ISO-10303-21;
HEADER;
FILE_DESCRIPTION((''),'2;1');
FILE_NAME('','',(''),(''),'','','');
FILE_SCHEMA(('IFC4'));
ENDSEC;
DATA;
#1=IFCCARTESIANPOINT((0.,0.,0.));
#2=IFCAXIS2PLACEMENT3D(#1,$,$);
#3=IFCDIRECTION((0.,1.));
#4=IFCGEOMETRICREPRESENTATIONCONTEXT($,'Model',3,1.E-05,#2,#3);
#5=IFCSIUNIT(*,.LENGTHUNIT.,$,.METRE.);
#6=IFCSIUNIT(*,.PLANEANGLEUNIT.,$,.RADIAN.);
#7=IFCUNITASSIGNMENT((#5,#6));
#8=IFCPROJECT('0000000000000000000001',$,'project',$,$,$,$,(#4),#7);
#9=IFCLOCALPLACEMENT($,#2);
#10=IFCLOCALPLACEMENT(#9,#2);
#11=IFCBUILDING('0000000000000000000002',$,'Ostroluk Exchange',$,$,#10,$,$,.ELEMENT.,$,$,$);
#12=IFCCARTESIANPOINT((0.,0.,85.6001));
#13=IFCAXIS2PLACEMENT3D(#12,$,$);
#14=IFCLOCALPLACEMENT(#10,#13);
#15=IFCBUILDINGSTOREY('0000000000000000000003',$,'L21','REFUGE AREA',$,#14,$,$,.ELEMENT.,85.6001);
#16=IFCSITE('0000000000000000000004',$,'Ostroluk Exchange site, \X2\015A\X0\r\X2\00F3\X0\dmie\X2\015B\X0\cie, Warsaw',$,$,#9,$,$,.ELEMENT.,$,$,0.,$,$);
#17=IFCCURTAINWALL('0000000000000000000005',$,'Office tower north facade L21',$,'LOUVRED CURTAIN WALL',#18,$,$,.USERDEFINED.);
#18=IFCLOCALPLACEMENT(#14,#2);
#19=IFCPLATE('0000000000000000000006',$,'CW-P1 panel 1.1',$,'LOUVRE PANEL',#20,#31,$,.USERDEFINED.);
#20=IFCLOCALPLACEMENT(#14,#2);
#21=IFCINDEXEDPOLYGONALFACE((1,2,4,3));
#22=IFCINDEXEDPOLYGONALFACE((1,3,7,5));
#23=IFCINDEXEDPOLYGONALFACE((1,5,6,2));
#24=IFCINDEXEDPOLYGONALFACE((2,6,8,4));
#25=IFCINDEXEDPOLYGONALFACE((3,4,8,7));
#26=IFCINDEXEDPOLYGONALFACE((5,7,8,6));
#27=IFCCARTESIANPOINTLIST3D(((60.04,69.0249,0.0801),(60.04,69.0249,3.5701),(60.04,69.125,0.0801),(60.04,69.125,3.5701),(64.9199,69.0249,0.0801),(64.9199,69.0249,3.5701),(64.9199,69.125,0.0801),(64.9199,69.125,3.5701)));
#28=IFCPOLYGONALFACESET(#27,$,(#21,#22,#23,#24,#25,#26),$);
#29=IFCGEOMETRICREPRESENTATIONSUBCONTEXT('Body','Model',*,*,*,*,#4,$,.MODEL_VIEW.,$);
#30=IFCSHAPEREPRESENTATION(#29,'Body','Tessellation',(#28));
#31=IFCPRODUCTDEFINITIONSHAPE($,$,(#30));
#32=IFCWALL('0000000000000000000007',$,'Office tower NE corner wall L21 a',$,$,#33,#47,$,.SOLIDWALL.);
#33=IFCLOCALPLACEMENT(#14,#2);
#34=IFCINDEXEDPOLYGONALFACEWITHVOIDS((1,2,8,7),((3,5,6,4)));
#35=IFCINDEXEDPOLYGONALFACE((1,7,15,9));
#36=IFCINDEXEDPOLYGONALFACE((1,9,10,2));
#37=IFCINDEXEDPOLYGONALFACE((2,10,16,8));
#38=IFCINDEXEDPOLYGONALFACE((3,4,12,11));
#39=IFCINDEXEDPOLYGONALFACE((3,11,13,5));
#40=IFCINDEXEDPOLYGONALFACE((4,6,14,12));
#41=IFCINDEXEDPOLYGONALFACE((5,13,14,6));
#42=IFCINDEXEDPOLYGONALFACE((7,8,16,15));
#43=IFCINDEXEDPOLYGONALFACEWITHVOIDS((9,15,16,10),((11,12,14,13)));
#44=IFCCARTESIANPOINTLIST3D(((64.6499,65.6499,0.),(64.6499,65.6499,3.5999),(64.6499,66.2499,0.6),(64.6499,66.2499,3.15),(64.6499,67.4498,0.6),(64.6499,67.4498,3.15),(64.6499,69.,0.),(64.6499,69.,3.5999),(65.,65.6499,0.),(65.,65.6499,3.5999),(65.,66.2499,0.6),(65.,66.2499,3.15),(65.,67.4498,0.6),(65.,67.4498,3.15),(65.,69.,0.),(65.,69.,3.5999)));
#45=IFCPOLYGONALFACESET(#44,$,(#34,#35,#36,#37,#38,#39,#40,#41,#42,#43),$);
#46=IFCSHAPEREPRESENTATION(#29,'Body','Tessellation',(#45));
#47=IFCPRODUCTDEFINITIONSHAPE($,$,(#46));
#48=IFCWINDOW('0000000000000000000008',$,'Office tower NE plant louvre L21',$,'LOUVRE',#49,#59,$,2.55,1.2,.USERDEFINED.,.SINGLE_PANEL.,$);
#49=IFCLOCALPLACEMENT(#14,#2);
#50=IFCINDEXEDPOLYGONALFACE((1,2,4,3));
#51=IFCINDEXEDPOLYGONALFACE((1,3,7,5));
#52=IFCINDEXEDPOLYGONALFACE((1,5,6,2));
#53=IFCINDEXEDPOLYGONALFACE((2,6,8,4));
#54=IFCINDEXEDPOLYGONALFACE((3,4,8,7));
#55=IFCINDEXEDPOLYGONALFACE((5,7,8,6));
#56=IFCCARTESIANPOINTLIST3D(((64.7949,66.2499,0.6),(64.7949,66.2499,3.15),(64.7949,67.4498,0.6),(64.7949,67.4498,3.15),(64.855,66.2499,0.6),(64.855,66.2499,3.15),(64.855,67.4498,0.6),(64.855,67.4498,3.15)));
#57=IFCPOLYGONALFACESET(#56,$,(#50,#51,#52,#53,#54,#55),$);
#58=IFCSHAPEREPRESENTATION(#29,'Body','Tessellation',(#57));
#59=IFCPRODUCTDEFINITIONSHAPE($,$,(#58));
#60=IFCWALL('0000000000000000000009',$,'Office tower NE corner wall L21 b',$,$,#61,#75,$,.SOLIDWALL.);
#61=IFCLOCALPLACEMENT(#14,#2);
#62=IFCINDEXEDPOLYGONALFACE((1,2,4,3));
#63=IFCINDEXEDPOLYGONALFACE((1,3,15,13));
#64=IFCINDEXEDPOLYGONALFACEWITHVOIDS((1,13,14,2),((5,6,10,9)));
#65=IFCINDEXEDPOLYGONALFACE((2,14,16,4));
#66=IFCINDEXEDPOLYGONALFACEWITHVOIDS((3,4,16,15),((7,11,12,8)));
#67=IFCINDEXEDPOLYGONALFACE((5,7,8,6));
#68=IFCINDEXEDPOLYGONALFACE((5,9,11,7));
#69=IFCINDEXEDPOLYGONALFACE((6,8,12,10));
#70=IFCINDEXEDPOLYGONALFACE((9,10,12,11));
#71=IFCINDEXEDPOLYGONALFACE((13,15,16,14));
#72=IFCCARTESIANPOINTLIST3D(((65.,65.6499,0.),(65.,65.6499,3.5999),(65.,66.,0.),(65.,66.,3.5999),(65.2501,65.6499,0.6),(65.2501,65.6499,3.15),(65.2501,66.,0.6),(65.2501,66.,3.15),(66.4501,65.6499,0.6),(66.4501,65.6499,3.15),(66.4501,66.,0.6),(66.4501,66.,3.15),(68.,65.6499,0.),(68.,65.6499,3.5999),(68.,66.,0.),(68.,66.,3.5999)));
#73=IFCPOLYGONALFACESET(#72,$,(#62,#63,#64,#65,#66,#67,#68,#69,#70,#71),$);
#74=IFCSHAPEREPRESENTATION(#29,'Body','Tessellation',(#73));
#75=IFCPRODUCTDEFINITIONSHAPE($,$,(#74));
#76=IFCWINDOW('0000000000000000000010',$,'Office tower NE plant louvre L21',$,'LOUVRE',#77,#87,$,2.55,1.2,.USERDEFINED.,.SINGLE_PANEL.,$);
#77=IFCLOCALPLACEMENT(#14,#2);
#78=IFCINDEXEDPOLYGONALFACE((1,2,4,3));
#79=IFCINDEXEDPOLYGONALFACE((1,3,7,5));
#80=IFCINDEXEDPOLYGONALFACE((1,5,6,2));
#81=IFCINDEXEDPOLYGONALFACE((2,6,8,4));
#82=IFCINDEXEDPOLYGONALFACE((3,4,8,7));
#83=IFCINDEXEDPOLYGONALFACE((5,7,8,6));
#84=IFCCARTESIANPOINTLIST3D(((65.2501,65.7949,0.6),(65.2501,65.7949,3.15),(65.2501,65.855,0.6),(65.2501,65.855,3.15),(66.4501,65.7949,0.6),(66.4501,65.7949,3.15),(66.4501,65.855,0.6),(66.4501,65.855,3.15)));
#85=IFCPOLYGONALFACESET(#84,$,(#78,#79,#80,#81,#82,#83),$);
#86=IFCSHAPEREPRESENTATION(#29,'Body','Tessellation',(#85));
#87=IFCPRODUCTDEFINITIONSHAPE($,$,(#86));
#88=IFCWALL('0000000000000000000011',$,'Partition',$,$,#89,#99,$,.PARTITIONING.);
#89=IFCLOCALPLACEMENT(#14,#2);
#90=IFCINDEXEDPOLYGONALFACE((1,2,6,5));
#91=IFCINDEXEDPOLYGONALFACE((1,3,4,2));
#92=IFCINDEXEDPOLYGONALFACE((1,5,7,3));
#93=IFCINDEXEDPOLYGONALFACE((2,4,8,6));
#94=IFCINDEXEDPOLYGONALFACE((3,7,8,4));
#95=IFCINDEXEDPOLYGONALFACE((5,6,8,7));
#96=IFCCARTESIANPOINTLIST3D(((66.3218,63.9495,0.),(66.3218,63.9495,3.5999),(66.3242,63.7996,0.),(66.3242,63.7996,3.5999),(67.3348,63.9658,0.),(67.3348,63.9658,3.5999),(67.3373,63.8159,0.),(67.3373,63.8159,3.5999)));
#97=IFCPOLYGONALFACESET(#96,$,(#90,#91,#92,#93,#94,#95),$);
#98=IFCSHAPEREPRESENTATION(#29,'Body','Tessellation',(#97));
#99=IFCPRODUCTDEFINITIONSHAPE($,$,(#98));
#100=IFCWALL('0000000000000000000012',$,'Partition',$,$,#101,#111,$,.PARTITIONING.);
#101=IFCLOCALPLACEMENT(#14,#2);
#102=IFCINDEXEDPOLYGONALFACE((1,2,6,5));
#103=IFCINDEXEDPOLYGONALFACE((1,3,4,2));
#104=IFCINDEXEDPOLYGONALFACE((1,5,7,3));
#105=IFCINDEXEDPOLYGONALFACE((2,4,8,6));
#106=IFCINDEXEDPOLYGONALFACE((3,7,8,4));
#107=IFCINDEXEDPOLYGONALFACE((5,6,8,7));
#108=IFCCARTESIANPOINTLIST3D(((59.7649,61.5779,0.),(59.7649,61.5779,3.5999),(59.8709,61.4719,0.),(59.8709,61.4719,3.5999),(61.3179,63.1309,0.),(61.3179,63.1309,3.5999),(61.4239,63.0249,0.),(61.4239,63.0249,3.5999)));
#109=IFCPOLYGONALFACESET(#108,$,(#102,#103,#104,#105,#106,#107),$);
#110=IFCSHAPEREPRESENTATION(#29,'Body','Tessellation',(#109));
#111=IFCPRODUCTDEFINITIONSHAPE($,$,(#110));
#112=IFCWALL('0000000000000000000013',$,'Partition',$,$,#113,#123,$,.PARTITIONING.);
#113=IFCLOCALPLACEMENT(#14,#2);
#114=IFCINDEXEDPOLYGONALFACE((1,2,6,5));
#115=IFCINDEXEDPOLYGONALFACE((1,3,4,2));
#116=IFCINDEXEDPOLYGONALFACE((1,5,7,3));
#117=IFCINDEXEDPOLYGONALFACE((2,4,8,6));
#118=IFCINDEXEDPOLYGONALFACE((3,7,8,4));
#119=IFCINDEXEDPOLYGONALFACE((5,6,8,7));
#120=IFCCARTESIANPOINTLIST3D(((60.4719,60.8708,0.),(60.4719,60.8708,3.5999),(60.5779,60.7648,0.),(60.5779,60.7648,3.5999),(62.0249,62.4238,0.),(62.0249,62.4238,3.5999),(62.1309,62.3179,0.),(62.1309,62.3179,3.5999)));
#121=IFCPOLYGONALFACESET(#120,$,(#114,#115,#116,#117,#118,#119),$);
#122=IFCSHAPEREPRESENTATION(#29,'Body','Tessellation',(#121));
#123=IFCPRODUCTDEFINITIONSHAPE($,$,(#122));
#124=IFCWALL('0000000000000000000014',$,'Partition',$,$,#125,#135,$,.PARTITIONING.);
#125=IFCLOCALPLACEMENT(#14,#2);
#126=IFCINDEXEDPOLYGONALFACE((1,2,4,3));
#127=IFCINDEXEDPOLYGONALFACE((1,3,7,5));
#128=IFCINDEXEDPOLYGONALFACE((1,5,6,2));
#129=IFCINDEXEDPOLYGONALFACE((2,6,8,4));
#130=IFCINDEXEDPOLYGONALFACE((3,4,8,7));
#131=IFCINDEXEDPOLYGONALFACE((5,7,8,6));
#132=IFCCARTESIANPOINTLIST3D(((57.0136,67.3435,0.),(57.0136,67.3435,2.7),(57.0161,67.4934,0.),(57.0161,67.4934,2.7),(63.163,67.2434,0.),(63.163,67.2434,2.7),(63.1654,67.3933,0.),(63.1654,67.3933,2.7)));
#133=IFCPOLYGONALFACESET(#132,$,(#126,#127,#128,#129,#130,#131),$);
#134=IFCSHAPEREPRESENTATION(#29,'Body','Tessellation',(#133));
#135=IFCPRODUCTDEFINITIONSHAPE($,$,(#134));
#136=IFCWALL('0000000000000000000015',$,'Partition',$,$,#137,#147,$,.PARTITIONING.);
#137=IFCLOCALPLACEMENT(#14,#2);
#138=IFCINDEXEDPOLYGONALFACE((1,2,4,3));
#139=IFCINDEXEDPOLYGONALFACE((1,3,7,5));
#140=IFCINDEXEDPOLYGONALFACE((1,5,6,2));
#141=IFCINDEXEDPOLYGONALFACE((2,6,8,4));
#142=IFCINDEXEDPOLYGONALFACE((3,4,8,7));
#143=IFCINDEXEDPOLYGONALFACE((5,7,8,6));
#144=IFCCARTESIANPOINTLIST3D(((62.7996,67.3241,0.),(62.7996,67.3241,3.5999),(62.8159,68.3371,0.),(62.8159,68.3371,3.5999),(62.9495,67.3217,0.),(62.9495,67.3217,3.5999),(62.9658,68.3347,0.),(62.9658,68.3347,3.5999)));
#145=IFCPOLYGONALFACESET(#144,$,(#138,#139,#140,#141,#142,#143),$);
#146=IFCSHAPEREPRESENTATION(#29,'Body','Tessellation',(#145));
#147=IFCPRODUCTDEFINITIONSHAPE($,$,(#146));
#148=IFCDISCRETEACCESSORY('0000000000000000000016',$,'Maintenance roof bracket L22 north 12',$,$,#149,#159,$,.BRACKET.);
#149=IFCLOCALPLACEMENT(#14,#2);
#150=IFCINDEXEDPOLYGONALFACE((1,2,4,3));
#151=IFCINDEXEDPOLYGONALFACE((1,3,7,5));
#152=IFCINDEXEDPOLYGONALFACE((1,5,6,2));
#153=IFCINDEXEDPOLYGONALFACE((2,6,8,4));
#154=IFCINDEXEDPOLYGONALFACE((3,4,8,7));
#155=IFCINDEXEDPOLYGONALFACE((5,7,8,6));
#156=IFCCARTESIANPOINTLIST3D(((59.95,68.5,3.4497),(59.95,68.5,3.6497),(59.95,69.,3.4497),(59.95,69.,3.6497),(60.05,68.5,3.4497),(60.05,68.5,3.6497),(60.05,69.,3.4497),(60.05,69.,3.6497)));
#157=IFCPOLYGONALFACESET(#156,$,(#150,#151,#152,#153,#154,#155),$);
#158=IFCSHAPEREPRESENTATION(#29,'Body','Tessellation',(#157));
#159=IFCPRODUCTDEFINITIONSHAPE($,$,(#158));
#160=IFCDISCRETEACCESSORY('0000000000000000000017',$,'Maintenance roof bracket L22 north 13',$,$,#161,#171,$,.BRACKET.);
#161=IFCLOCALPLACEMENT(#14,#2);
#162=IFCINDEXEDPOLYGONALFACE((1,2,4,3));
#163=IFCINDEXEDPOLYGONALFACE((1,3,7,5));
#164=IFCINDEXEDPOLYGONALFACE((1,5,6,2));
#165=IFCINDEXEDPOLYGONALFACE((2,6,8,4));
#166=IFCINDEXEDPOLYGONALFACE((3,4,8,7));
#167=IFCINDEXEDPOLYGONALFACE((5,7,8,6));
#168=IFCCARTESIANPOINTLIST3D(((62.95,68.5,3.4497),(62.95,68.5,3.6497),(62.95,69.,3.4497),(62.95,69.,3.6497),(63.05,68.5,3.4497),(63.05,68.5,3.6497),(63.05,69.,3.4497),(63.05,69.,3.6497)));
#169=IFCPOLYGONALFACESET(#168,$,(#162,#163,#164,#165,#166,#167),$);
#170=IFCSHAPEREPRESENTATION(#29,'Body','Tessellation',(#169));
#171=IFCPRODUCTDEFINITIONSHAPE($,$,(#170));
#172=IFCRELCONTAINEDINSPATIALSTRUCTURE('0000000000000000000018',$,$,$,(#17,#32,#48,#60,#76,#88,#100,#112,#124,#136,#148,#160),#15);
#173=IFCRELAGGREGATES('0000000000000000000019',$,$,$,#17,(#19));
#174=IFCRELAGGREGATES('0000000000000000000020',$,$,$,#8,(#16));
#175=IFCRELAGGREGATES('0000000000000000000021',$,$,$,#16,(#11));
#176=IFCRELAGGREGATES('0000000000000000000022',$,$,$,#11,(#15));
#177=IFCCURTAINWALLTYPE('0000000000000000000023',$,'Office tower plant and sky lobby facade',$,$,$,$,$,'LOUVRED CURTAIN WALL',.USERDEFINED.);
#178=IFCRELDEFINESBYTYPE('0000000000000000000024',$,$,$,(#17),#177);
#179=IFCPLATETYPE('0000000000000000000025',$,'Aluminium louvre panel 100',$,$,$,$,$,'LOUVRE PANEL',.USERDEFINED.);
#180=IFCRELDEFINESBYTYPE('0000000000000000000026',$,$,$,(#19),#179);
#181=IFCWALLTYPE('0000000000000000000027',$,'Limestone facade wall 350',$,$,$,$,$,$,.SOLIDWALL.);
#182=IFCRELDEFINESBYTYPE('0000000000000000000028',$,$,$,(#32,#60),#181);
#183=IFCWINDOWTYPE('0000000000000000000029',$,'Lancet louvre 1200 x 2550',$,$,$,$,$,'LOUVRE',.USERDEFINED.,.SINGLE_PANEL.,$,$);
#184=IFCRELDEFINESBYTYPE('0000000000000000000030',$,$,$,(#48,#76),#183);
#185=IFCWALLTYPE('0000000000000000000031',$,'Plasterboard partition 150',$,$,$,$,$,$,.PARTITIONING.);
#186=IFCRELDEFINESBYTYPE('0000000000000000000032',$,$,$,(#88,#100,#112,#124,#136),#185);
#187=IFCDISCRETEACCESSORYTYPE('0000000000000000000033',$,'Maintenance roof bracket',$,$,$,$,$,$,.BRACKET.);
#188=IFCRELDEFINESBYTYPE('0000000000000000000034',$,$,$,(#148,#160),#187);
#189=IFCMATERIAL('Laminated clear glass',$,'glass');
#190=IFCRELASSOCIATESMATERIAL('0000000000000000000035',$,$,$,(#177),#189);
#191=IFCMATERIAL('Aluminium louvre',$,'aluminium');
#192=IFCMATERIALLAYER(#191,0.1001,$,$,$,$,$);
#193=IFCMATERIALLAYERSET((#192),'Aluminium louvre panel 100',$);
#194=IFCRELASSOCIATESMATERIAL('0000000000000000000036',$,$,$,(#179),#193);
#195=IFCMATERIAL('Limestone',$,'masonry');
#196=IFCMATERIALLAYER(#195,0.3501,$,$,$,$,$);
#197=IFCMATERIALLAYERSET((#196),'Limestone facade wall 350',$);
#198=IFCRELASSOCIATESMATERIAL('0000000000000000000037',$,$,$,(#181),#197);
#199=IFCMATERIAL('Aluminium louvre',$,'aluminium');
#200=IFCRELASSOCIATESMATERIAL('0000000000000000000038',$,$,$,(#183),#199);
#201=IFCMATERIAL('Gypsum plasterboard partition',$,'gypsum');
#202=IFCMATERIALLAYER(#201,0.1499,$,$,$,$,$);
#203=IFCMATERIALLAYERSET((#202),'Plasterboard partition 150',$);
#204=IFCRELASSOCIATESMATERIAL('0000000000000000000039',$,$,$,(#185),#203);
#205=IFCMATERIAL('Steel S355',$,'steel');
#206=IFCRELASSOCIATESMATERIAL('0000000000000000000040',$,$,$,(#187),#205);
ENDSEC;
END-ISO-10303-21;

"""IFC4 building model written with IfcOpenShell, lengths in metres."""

from ifc_helpers import new_model, si_unit, direction, frame, frame_2d, origin, origin_2d, place, context, subcontext, project, spatial, rectangle, extrude, material, layer, layer_set, type_object, element, fill, aggregate, save


model = new_model("IFC4")

# Units and contexts
model_context = context("Model", 3, precision=1e-05, world=origin(), true_north=direction((0.0, 1.0)))
body_context = subcontext(model_context, "Body", "Model", "MODEL_VIEW")
ifc_project = project(units=[si_unit("LENGTHUNIT", "METRE"), si_unit("PLANEANGLEUNIT", "RADIAN")], contexts=[model_context])

# Site, building, storey
site_placement = place(None, origin())
site = spatial("IfcSite", under=ifc_project, at=site_placement, Name="Ostroluk Exchange site, Śródmieście, Warsaw", CompositionType="ELEMENT", RefElevation=0.0)
building_placement = place(site_placement, origin())
building = spatial("IfcBuilding", under=site, at=building_placement, Name="Ostroluk Exchange", CompositionType="ELEMENT")
storey_placement = place(building_placement, frame((0.0, 0.0, 85.6001)))
storey = spatial("IfcBuildingStorey", under=building, at=storey_placement, Name="L21", Description="REFUGE AREA", CompositionType="ELEMENT", Elevation=85.6001)

# Curtain wall, plate
ifc_material_1 = material(Name="Laminated clear glass", Category="glass")
curtain_wall_type = type_object("IfcCurtainWallType", Name="Office tower plant and sky lobby facade", ElementType="LOUVRED CURTAIN WALL", PredefinedType="USERDEFINED", material=ifc_material_1)
curtain_wall_placement = place(storey_placement, origin())
curtain_wall = element("IfcCurtainWall", 1, at=curtain_wall_placement, inside=storey, type_object=curtain_wall_type, Name="Office tower north facade L21", ObjectType="LOUVRED CURTAIN WALL", PredefinedType="USERDEFINED")
ifc_material_2 = material(Name="Aluminium louvre", Category="aluminium")
ifc_layer_1 = layer(ifc_material_2, 0.1001)
ifc_layer_set_1 = layer_set([ifc_layer_1], Name="Aluminium louvre panel 100")
plate_type = type_object("IfcPlateType", Name="Aluminium louvre panel 100", ElementType="LOUVRE PANEL", PredefinedType="USERDEFINED", material=ifc_layer_set_1)
plate_placement = place(storey_placement, frame((62.48, 69.075, 0.0801), z_axis=(0.0, 0.0, 1.0), x_axis=(-1.0, 0.0, 0.0)))
plate = element("IfcPlate", 2, at=plate_placement, type_object=plate_type, Name="CW-P1 panel 1.1", ObjectType="LOUVRE PANEL", PredefinedType="USERDEFINED", context=body_context, shape_type="SweptSolid", body=[
    extrude(rectangle(XDim=4.8799, YDim=0.1001, at=origin_2d()), origin(), (0.0, 0.0, 1.0), 3.49),
])
aggregate(curtain_wall, [plate])

# Walls, openings, windows
ifc_material_3 = material(Name="Limestone", Category="masonry")
ifc_layer_2 = layer(ifc_material_3, 0.3501)
ifc_layer_set_2 = layer_set([ifc_layer_2], Name="Limestone facade wall 350")
wall_type_1 = type_object("IfcWallType", Name="Limestone facade wall 350", PredefinedType="SOLIDWALL", material=ifc_layer_set_2)
wall_1_placement = place(storey_placement, frame((64.825, 69.0, 0.0), z_axis=(0.0, 0.0, 1.0), x_axis=(0.0, -1.0, 0.0)))
wall_1 = element("IfcWall", 3, at=wall_1_placement, inside=storey, type_object=wall_type_1, Name="Office tower NE corner wall L21 a", PredefinedType="SOLIDWALL", context=body_context, shape_type="SweptSolid", body=[
    extrude(rectangle(XDim=3.3501, YDim=0.3501, at=frame_2d((1.675, 0.0))), origin(), (0.0, 0.0, 1.0), 3.5999),
])
opening_1_placement = place(wall_1_placement, frame((1.55, 0.0, 0.6001)))
opening_1 = element("IfcOpeningElement", 4, at=opening_1_placement, cuts=wall_1, PredefinedType="OPENING", context=body_context, shape_type="SweptSolid", body=[
    extrude(rectangle(XDim=1.2, YDim=2.55, at=frame_2d((0.6001, 1.2749))), frame((0.0, 0.1851, 0.0), z_axis=(0.0, -1.0, 0.0), x_axis=(1.0, 0.0, 0.0)), (0.0, 0.0, 1.0), 0.3701),
])
ifc_material_4 = material(Name="Aluminium louvre", Category="aluminium")
window_type = type_object("IfcWindowType", Name="Lancet louvre 1200 x 2550", ElementType="LOUVRE", PartitioningType="SINGLE_PANEL", PredefinedType="USERDEFINED", material=ifc_material_4)
window_1_placement = place(opening_1_placement, origin())
window_1 = element("IfcWindow", 5, at=window_1_placement, inside=storey, type_object=window_type, Name="Office tower NE plant louvre L21", ObjectType="LOUVRE", OverallHeight=2.55, OverallWidth=1.2, PartitioningType="SINGLE_PANEL", PredefinedType="USERDEFINED", context=body_context, shape_type="SweptSolid", body=[
    extrude(rectangle(XDim=1.2, YDim=2.55, at=frame_2d((0.6001, 1.2749))), frame((0.0, 0.03, 0.0), z_axis=(0.0, -1.0, 0.0), x_axis=(1.0, 0.0, 0.0)), (0.0, 0.0, 1.0), 0.0601),
])
fill(opening_1, window_1)
wall_2_placement = place(storey_placement, frame((65.0, 65.825, 0.0), z_axis=(0.0, 0.0, 1.0), x_axis=(1.0, 0.0, 0.0)))
wall_2 = element("IfcWall", 6, at=wall_2_placement, inside=storey, type_object=wall_type_1, Name="Office tower NE corner wall L21 b", PredefinedType="SOLIDWALL", context=body_context, shape_type="SweptSolid", body=[
    extrude(rectangle(XDim=3.0, YDim=0.3501, at=frame_2d((1.5, 0.0))), origin(), (0.0, 0.0, 1.0), 3.5999),
])
opening_2_placement = place(wall_2_placement, frame((0.25, 0.0, 0.6001)))
opening_2 = element("IfcOpeningElement", 7, at=opening_2_placement, cuts=wall_2, PredefinedType="OPENING", context=body_context, shape_type="SweptSolid", body=[
    extrude(rectangle(XDim=1.2, YDim=2.55, at=frame_2d((0.6001, 1.2749))), frame((0.0, 0.1851, 0.0), z_axis=(0.0, -1.0, 0.0), x_axis=(1.0, 0.0, 0.0)), (0.0, 0.0, 1.0), 0.3701),
])
window_2_placement = place(opening_2_placement, origin())
window_2 = element("IfcWindow", 8, at=window_2_placement, inside=storey, type_object=window_type, Name="Office tower NE plant louvre L21", ObjectType="LOUVRE", OverallHeight=2.55, OverallWidth=1.2, PartitioningType="SINGLE_PANEL", PredefinedType="USERDEFINED", context=body_context, shape_type="SweptSolid", body=[
    extrude(rectangle(XDim=1.2, YDim=2.55, at=frame_2d((0.6001, 1.2749))), frame((0.0, 0.03, 0.0), z_axis=(0.0, -1.0, 0.0), x_axis=(1.0, 0.0, 0.0)), (0.0, 0.0, 1.0), 0.0601),
])
fill(opening_2, window_2)

# Walls
ifc_material_5 = material(Name="Gypsum plasterboard partition", Category="gypsum")
ifc_layer_3 = layer(ifc_material_5, 0.1499)
ifc_layer_set_3 = layer_set([ifc_layer_3], Name="Plasterboard partition 150")
wall_type_2 = type_object("IfcWallType", Name="Plasterboard partition 150", PredefinedType="PARTITIONING", material=ifc_layer_set_3)
wall_3_placement = place(storey_placement, frame((66.323, 63.8745, 0.0), z_axis=(0.0, 0.0, 1.0), x_axis=(0.99987, 0.016146, 0.0)))
element("IfcWall", 9, at=wall_3_placement, inside=storey, type_object=wall_type_2, Name="Partition", PredefinedType="PARTITIONING", context=body_context, shape_type="SweptSolid", body=[
    extrude(rectangle(XDim=1.0132, YDim=0.1499, at=frame_2d((0.5066, 0.0))), origin(), (0.0, 0.0, 1.0), 3.5999),
])
for number, where, z_axis, x_axis, name in (
    (10, (59.8179, 61.5249, 0.0), (0.0, 0.0, 1.0), (0.707107, 0.707107, 0.0), "Partition"),
    (11, (62.0779, 62.3708, 0.0), (0.0, 0.0, 1.0), (-0.707107, -0.707107, 0.0), "Partition"),
):
    element("IfcWall", number, at=place(storey_placement, frame(where, z_axis=z_axis, x_axis=x_axis)), inside=storey, type_object=wall_type_2, Name=name, PredefinedType="PARTITIONING", context=body_context, shape_type="SweptSolid", body=[
        extrude(rectangle(XDim=2.1963, YDim=0.1499, at=frame_2d((1.0981, 0.0))), origin(), (0.0, 0.0, 1.0), 3.5999),
    ])
wall_4_placement = place(storey_placement, frame((63.1643, 67.3184, 0.0), z_axis=(0.0, 0.0, 1.0), x_axis=(-0.999868, 0.016275, 0.0)))
element("IfcWall", 12, at=wall_4_placement, inside=storey, type_object=wall_type_2, Name="Partition", PredefinedType="PARTITIONING", context=body_context, shape_type="SweptSolid", body=[
    extrude(rectangle(XDim=6.1501, YDim=0.1499, at=frame_2d((3.0752, 0.0))), origin(), (0.0, 0.0, 1.0), 2.7),
])
wall_5_placement = place(storey_placement, frame((62.8909, 68.3359, 0.0), z_axis=(0.0, 0.0, 1.0), x_axis=(-0.016146, -0.99987, 0.0)))
element("IfcWall", 13, at=wall_5_placement, inside=storey, type_object=wall_type_2, Name="Partition", PredefinedType="PARTITIONING", context=body_context, shape_type="SweptSolid", body=[
    extrude(rectangle(XDim=1.0132, YDim=0.1499, at=frame_2d((0.5066, 0.0))), origin(), (0.0, 0.0, 1.0), 3.5999),
])

# Discrete accessories
ifc_material_6 = material(Name="Steel S355", Category="steel")
discrete_accessory_type = type_object("IfcDiscreteAccessoryType", Name="Maintenance roof bracket", PredefinedType="BRACKET", material=ifc_material_6)
for number, where, z_axis, x_axis, name in (
    (14, (60.0, 68.75, 3.4497), (0.0, 0.0, 1.0), (1.0, 0.0, 0.0), "Maintenance roof bracket L22 north 12"),
    (15, (63.0, 68.75, 3.4497), (0.0, 0.0, 1.0), (1.0, 0.0, 0.0), "Maintenance roof bracket L22 north 13"),
):
    element("IfcDiscreteAccessory", number, at=place(storey_placement, frame(where, z_axis=z_axis, x_axis=x_axis)), inside=storey, type_object=discrete_accessory_type, Name=name, PredefinedType="BRACKET", context=body_context, shape_type="SweptSolid", body=[
        extrude(rectangle(XDim=0.1001, YDim=0.5, at=origin_2d()), origin(), (0.0, 0.0, 1.0), 0.2),
    ])

save(model, "model.ifc")
